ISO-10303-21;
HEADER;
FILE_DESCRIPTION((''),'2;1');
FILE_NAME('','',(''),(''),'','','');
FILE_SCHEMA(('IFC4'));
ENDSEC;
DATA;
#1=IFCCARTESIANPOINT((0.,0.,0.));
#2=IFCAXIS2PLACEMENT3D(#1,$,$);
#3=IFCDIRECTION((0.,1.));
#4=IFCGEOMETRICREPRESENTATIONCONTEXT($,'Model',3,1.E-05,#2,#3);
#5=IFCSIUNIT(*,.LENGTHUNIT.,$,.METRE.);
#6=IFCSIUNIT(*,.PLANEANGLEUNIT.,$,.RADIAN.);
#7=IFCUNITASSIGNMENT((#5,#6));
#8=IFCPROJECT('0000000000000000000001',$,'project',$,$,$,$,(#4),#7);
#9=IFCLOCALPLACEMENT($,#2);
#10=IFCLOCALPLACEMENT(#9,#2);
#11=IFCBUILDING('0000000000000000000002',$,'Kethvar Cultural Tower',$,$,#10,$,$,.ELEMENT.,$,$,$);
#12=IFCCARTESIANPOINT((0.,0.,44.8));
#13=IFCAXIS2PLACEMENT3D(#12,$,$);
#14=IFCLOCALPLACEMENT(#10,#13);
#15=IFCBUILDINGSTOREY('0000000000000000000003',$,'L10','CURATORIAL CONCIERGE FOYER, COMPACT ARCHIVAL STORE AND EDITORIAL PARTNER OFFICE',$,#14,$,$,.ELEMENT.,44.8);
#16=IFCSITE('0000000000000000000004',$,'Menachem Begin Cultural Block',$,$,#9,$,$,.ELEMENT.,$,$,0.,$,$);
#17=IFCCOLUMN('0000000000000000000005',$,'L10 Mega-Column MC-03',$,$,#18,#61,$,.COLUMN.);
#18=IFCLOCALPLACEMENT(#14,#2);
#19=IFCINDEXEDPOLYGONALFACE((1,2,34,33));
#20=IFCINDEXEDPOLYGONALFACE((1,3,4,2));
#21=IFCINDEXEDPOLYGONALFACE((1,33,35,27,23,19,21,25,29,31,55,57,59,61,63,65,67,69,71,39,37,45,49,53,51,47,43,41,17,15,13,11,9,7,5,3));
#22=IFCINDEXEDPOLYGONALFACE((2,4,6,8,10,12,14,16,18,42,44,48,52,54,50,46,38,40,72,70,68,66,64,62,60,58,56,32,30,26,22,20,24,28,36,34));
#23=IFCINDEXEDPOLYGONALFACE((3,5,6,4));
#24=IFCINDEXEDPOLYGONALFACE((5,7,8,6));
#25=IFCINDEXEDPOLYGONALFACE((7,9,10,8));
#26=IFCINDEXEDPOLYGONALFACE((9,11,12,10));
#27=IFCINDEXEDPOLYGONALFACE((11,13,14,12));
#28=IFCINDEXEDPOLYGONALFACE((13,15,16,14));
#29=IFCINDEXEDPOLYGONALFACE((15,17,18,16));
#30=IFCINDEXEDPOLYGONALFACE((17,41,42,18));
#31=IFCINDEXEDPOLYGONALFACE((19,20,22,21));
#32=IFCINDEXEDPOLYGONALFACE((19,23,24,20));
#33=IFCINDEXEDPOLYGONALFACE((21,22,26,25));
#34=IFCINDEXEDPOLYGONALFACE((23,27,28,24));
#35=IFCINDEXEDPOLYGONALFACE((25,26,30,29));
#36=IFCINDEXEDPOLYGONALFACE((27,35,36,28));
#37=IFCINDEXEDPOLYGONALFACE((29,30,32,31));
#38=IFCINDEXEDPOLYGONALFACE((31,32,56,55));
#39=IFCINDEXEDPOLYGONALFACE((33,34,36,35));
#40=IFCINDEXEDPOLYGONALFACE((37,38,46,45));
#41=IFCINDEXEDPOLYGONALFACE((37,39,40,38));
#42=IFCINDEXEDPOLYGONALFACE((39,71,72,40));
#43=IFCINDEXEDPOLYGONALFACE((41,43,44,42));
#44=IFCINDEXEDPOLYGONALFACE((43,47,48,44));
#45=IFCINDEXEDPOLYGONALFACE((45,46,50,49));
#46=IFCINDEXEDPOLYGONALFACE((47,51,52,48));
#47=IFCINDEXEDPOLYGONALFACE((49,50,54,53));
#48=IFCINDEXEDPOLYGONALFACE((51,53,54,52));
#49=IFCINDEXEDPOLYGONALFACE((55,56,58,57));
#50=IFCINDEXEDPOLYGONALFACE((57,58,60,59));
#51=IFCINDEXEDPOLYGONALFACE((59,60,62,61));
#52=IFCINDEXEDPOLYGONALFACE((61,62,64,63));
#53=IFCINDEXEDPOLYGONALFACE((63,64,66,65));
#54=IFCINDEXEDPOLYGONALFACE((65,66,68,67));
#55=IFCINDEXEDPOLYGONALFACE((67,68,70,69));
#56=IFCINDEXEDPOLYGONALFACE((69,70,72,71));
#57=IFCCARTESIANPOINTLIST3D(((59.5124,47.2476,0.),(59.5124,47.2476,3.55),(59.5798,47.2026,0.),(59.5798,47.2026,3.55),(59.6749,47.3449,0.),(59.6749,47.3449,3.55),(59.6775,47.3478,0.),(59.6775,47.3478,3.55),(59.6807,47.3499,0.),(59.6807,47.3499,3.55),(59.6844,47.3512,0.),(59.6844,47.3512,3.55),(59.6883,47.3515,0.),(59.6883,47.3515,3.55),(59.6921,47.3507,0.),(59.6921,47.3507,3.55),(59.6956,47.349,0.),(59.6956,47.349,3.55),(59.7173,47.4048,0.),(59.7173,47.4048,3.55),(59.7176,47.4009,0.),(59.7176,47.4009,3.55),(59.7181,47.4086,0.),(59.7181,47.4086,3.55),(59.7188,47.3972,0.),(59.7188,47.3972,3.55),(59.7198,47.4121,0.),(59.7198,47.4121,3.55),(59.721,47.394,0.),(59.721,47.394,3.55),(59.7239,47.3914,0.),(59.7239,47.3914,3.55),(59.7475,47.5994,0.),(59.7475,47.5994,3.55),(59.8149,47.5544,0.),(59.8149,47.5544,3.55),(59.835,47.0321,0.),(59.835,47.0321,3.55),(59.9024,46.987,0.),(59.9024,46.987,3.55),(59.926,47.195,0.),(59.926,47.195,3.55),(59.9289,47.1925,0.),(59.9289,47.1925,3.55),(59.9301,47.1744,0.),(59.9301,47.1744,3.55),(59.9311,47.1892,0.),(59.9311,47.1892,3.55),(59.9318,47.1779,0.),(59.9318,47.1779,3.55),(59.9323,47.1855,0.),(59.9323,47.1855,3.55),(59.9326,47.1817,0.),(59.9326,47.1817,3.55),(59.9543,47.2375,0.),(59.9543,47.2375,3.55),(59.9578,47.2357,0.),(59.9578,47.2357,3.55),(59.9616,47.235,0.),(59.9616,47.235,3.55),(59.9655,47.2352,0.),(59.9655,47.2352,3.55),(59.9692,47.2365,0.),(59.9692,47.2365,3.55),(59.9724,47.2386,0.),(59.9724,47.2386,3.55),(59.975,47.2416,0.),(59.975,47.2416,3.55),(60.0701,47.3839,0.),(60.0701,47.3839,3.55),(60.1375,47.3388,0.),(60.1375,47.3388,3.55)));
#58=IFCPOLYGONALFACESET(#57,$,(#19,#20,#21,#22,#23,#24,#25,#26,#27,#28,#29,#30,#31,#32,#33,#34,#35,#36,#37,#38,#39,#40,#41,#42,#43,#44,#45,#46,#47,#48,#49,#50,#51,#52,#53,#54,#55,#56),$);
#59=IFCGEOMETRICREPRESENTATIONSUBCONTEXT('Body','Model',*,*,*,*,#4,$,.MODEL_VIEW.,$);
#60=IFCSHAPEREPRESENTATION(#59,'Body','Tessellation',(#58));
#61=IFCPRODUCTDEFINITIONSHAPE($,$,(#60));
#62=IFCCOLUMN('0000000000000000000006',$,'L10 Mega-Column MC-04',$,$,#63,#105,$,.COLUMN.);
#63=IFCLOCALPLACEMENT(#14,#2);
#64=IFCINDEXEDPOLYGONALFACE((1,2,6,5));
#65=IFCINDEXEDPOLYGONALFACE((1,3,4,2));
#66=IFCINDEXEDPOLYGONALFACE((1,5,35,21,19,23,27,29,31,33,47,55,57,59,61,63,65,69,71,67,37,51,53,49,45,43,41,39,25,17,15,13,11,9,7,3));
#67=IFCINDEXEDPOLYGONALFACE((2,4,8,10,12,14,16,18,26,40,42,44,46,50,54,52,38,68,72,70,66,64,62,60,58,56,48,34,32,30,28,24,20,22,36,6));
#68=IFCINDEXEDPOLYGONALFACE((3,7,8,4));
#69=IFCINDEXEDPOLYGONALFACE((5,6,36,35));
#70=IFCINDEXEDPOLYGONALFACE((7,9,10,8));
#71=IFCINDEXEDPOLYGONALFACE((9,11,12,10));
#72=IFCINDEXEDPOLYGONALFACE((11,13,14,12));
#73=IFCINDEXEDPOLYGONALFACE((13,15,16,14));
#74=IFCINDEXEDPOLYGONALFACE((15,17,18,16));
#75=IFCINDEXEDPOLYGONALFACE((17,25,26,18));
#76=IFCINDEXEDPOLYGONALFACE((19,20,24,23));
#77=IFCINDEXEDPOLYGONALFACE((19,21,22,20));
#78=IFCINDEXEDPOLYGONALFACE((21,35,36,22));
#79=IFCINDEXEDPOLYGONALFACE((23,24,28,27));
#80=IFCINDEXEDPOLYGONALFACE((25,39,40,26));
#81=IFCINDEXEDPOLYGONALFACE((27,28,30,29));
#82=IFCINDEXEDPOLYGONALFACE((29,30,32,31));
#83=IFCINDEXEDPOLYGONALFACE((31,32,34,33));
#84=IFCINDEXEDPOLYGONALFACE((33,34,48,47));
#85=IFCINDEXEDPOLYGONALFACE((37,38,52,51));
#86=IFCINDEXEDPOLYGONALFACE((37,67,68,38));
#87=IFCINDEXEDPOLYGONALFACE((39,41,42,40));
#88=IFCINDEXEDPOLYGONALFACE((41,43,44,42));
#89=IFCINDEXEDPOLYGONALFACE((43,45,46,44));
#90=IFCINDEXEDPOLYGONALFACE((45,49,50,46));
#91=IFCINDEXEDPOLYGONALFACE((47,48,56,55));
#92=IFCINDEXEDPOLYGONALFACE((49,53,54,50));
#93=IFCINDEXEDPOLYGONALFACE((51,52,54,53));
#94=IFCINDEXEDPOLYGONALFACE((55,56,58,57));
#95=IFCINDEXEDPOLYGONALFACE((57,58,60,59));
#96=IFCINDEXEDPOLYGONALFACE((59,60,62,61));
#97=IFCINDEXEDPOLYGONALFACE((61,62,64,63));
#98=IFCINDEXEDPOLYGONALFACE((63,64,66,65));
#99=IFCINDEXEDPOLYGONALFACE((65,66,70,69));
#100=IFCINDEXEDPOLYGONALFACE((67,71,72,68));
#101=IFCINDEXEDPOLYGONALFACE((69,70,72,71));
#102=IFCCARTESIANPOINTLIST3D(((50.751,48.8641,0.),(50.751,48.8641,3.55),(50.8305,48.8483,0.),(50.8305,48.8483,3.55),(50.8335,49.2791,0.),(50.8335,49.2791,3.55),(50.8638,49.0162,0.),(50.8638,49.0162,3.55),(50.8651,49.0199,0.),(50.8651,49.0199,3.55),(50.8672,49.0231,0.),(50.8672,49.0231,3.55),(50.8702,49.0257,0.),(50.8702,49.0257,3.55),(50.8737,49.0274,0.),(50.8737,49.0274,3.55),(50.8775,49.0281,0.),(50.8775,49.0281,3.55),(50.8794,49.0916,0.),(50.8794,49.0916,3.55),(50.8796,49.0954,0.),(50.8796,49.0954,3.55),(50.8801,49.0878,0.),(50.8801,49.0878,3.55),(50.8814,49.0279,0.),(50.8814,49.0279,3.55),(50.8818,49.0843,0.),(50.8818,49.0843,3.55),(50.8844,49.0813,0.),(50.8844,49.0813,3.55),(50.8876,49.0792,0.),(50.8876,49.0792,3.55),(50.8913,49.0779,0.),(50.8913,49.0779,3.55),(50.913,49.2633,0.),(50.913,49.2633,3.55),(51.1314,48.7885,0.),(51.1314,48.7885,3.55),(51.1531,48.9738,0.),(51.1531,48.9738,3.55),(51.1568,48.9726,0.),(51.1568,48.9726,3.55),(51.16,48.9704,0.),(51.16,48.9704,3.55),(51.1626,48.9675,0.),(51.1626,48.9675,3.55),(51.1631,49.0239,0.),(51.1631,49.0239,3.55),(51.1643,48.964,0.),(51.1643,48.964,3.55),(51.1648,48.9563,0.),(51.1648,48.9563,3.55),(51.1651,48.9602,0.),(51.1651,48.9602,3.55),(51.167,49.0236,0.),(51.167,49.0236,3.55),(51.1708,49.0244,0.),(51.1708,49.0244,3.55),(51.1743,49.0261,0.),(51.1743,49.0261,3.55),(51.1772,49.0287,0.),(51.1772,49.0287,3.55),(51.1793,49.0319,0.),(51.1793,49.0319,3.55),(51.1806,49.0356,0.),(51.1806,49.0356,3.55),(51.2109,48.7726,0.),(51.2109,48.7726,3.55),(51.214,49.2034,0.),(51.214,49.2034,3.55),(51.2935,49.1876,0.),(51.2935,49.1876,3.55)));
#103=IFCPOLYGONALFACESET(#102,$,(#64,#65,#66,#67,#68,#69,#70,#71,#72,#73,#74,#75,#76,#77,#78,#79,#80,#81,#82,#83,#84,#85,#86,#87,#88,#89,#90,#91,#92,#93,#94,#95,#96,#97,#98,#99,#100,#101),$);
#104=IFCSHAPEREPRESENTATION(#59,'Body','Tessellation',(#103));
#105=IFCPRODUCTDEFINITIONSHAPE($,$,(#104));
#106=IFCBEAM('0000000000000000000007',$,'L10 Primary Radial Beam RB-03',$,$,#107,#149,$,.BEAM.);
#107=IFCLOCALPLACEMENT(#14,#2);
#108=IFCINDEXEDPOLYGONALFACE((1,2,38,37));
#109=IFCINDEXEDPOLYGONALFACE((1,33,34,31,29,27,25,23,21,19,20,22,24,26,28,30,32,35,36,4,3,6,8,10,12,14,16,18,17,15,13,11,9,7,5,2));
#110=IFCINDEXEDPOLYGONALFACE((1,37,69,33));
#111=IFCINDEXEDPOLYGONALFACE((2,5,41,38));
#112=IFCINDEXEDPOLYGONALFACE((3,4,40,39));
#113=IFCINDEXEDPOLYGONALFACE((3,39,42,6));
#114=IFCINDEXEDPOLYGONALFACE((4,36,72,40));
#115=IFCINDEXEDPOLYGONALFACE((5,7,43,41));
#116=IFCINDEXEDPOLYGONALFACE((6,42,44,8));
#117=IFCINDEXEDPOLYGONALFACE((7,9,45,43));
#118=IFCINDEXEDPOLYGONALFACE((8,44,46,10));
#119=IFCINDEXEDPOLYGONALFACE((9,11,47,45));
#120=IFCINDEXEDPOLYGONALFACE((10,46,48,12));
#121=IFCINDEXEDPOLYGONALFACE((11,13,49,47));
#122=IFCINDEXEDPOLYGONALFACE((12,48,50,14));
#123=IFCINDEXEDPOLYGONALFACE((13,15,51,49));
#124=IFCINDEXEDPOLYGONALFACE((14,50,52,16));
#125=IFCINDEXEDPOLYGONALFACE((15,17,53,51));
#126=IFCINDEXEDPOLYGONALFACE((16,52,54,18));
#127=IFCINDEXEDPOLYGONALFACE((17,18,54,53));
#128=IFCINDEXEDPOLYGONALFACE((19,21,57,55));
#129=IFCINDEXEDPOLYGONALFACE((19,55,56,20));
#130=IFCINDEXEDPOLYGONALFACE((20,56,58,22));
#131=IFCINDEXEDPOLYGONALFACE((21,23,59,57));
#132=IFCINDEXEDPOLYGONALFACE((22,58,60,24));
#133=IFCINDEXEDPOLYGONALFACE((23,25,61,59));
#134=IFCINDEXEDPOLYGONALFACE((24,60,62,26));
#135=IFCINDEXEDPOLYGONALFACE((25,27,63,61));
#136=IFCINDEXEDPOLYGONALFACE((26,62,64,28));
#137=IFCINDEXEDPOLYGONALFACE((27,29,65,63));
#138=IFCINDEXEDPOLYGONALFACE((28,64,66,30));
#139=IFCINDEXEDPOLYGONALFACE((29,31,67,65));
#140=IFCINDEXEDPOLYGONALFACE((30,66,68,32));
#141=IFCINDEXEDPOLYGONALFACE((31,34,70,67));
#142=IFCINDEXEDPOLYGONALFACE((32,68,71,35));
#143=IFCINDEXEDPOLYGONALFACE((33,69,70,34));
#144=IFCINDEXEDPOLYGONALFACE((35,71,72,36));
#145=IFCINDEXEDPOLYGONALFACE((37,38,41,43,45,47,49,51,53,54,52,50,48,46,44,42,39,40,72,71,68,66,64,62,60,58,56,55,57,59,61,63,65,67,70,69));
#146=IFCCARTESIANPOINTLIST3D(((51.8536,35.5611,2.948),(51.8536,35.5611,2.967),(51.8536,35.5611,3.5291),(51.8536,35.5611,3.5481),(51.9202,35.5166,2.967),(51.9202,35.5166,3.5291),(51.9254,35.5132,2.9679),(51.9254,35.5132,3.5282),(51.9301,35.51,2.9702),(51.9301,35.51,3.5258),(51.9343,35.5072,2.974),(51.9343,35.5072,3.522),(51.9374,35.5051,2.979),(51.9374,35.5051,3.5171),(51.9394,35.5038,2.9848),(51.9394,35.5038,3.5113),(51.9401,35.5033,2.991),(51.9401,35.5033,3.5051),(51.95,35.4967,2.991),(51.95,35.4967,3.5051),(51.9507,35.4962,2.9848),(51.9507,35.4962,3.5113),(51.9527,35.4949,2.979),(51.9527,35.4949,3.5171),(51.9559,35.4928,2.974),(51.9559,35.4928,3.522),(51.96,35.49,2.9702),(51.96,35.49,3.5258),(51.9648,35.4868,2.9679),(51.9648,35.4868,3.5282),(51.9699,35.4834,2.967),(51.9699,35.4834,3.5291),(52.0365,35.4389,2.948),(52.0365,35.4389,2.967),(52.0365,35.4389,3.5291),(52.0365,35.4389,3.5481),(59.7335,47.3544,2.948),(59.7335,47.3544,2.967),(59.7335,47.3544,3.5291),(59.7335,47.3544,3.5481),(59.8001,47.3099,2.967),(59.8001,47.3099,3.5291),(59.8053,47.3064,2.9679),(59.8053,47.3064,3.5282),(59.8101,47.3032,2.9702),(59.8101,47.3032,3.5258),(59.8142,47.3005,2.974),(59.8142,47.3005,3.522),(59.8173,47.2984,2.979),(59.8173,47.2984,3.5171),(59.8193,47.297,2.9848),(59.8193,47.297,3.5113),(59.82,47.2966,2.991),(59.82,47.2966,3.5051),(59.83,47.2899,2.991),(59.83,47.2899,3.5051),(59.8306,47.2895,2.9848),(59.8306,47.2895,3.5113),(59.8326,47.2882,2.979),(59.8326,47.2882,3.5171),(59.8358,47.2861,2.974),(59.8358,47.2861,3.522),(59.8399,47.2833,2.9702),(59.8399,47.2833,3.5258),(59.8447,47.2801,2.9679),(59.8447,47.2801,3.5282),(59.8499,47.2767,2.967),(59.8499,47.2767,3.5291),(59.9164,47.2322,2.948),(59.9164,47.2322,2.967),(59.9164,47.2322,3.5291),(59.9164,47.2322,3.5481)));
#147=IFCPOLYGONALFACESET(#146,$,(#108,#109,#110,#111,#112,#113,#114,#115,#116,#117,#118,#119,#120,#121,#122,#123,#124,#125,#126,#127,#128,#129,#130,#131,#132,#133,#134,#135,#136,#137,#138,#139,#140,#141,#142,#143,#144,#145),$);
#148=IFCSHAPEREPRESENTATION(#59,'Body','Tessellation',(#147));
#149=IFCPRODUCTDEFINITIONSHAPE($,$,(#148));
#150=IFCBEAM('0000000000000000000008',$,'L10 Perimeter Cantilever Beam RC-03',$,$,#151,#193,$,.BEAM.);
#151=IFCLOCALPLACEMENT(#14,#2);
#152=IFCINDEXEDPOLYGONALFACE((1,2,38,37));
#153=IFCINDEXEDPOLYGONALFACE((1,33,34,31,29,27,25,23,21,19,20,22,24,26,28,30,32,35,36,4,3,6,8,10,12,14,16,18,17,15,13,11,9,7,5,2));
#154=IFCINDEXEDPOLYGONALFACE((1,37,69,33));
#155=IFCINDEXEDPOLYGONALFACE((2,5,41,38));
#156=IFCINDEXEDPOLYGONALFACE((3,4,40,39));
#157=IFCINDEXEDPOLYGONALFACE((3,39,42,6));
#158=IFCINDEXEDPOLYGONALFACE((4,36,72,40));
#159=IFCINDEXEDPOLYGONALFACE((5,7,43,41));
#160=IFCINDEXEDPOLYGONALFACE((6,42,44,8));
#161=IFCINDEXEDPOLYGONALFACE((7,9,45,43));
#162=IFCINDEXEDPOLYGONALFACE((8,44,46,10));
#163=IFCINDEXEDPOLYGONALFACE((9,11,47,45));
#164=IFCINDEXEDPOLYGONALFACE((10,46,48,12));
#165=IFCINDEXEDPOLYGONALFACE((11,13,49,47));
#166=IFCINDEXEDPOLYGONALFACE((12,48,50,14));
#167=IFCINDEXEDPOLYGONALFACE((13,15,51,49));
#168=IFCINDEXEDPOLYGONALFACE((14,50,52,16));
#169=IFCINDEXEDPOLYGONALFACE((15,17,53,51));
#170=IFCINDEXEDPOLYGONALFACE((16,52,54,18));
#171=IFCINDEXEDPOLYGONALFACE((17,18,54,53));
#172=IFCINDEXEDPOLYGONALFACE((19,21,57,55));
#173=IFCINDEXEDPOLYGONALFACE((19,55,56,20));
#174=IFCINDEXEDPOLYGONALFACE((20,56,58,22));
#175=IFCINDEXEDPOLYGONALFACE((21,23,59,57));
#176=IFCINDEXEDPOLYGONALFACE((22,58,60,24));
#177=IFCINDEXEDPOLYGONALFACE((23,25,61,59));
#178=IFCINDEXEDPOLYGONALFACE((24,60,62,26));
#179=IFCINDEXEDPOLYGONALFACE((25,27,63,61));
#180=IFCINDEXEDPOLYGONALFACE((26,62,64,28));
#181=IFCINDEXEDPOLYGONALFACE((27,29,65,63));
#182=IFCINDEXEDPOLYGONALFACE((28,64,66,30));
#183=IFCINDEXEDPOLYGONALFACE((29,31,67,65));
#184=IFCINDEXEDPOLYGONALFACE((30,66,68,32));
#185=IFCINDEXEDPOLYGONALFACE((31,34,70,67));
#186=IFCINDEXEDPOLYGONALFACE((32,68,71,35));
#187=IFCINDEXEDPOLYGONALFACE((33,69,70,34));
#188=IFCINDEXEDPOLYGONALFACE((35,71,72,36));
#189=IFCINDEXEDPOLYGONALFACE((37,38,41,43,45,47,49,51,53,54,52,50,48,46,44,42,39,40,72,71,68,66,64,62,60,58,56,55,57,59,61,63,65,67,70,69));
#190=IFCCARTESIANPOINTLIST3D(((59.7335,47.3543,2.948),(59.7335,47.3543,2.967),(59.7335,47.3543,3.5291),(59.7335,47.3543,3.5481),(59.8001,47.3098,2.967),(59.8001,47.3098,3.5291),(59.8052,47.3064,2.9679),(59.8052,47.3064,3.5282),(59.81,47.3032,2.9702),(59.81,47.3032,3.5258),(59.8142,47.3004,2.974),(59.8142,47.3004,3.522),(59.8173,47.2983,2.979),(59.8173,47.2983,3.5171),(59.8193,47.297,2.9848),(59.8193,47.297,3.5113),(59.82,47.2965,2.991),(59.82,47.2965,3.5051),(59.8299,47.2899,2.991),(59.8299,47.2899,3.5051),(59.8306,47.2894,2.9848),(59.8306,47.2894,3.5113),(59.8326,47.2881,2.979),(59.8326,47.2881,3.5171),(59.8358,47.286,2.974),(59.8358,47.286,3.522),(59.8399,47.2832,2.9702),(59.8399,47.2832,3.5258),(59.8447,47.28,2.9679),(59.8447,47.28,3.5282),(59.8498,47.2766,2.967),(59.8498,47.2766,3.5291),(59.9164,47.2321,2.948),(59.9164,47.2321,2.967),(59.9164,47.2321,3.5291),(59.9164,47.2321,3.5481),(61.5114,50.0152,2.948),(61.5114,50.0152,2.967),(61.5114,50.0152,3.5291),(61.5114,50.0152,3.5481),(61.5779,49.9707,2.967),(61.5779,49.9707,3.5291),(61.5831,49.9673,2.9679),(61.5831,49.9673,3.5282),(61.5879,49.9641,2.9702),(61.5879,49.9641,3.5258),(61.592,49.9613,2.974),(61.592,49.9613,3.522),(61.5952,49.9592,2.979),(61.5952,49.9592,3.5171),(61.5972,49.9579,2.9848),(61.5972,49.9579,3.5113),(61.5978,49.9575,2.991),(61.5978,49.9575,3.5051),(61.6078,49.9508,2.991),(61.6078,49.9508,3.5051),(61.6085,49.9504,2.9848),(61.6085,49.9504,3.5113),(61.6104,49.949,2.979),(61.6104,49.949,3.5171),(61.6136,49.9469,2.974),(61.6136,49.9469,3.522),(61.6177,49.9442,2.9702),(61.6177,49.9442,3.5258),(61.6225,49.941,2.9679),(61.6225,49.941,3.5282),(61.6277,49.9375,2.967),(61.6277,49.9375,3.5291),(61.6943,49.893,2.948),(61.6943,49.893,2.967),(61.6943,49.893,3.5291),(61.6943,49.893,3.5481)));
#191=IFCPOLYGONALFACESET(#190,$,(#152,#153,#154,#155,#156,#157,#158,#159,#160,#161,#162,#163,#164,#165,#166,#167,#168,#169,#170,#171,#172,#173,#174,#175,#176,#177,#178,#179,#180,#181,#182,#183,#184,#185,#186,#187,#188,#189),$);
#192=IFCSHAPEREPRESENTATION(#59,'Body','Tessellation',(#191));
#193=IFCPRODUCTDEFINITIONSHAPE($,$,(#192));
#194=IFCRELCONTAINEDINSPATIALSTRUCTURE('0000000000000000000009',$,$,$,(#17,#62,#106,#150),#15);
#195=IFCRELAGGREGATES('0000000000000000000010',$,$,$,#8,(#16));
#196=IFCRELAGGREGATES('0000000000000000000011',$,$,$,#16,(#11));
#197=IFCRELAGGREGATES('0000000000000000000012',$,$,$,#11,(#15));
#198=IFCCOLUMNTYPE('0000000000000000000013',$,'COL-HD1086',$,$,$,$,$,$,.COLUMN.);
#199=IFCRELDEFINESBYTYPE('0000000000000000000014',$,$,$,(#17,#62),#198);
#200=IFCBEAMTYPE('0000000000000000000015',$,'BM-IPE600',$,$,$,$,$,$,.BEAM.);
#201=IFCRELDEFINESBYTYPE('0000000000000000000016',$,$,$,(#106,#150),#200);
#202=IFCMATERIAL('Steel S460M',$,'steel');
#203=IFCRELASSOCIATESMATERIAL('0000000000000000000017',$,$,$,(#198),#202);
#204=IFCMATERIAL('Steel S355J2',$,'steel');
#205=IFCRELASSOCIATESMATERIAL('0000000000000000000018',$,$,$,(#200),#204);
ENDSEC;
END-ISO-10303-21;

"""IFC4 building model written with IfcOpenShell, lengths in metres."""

from ifc_helpers import new_model, si_unit, direction, frame, origin, origin_2d, place, context, subcontext, project, spatial, i_section, extrude, source, transform, mapped, material, material_profile, profile_set, type_object, element, save


model = new_model("IFC4")

# Units and contexts
model_context = context("Model", 3, precision=1e-05, world=origin(), true_north=direction((0.0, 1.0)))
body_context = subcontext(model_context, "Body", "Model", "MODEL_VIEW")
ifc_project = project(units=[si_unit("LENGTHUNIT", "METRE"), si_unit("PLANEANGLEUNIT", "RADIAN")], contexts=[model_context])

# Site, building, storey
site_placement = place(None, origin())
site = spatial("IfcSite", under=ifc_project, at=site_placement, Name="Menachem Begin Cultural Block", CompositionType="ELEMENT", RefElevation=0.0)
building_placement = place(site_placement, origin())
building = spatial("IfcBuilding", under=site, at=building_placement, Name="Kethvar Cultural Tower", CompositionType="ELEMENT")
storey_placement = place(building_placement, frame((0.0, 0.0, 44.8)))
storey = spatial("IfcBuildingStorey", under=building, at=storey_placement, Name="L10", Description="CURATORIAL CONCIERGE FOYER, COMPACT ARCHIVAL STORE AND EDITORIAL PARTNER OFFICE", CompositionType="ELEMENT", Elevation=44.8)

# Columns
ifc_material_1 = material(Name="Steel S460M", Category="steel")
ifc_material_profile_1 = material_profile(ifc_material_1, i_section(OverallWidth=0.4231, OverallDepth=0.469, WebThickness=0.051, FlangeThickness=0.0811, FilletRadius=0.0149, at=origin_2d()), Name="Steel S460M — HD400x1086")
ifc_profile_set_1 = profile_set([ifc_material_profile_1], Name="Steel S460M — HD400x1086")
column_type = type_object("IfcColumnType", Name="COL-HD1086", PredefinedType="COLUMN", material=ifc_profile_set_1)
shared_shape_1 = source(origin(), body_context, "Body", "SweptSolid", [
    extrude(i_section(OverallWidth=0.4231, OverallDepth=0.469, WebThickness=0.051, FlangeThickness=0.0811, FilletRadius=0.0149, at=origin_2d()), origin(), (0.0, 0.0, 1.0), 3.55),
])
for number, where, z_axis, x_axis, name in (
    (1, (59.825, 47.2932, 0.0), (0.0, 0.0, 1.0), (0.55557, 0.83147, 0.0), "L10 Mega-Column MC-03"),
    (2, (51.0222, 49.0259, 0.0), (0.0, 0.0, 1.0), (0.19509, 0.980785, 0.0), "L10 Mega-Column MC-04"),
):
    element("IfcColumn", number, at=place(storey_placement, frame(where, z_axis=z_axis, x_axis=x_axis)), inside=storey, type_object=column_type, Name=name, PredefinedType="COLUMN", context=body_context, shape_type="MappedRepresentation", body=[
        mapped(shared_shape_1, transform((0.0, 0.0, 0.0), scale=1.0)),
    ])

# Beams
ifc_material_2 = material(Name="Steel S355J2", Category="steel")
ifc_material_profile_2 = material_profile(ifc_material_2, i_section(OverallWidth=0.22, OverallDepth=0.6001, WebThickness=0.012, FlangeThickness=0.019, FilletRadius=0.0239, at=origin_2d()), Name="Steel S355J2 — IPE600")
ifc_profile_set_2 = profile_set([ifc_material_profile_2], Name="Steel S355J2 — IPE600")
beam_type_1 = type_object("IfcBeamType", Name="BM-IPE600", PredefinedType="BEAM", material=ifc_profile_set_2)
shared_shape_2 = source(origin(), body_context, "Body", "SweptSolid", [
    extrude(i_section(OverallWidth=0.22, OverallDepth=0.6001, WebThickness=0.012, FlangeThickness=0.019, FilletRadius=0.0239, at=origin_2d()), origin(), (0.0, 0.0, 1.0), 14.1836),
])
beam_1_placement = place(storey_placement, frame((51.9451, 35.5, 3.248), z_axis=(0.555566, 0.831473, 0.0), x_axis=(-0.831473, 0.555566, 0.0)))
element("IfcBeam", 3, at=beam_1_placement, inside=storey, type_object=beam_type_1, Name="L10 Primary Radial Beam RB-03", PredefinedType="BEAM", context=body_context, shape_type="MappedRepresentation", body=[
    mapped(shared_shape_2, transform((0.0, 0.0, 0.0), scale=1.0)),
])
shared_shape_3 = source(origin(), body_context, "Body", "SweptSolid", [
    extrude(i_section(OverallWidth=0.22, OverallDepth=0.6001, WebThickness=0.012, FlangeThickness=0.019, FilletRadius=0.0239, at=origin_2d()), origin(), (0.0, 0.0, 1.0), 3.2002),
])
beam_2_placement = place(storey_placement, frame((59.825, 47.2932, 3.248), z_axis=(0.555545, 0.831486, 0.0), x_axis=(-0.831486, 0.555545, 0.0)))
element("IfcBeam", 4, at=beam_2_placement, inside=storey, type_object=beam_type_1, Name="L10 Perimeter Cantilever Beam RC-03", PredefinedType="BEAM", context=body_context, shape_type="MappedRepresentation", body=[
    mapped(shared_shape_3, transform((0.0, 0.0, 0.0), scale=1.0)),
])

save(model, "model.ifc")
